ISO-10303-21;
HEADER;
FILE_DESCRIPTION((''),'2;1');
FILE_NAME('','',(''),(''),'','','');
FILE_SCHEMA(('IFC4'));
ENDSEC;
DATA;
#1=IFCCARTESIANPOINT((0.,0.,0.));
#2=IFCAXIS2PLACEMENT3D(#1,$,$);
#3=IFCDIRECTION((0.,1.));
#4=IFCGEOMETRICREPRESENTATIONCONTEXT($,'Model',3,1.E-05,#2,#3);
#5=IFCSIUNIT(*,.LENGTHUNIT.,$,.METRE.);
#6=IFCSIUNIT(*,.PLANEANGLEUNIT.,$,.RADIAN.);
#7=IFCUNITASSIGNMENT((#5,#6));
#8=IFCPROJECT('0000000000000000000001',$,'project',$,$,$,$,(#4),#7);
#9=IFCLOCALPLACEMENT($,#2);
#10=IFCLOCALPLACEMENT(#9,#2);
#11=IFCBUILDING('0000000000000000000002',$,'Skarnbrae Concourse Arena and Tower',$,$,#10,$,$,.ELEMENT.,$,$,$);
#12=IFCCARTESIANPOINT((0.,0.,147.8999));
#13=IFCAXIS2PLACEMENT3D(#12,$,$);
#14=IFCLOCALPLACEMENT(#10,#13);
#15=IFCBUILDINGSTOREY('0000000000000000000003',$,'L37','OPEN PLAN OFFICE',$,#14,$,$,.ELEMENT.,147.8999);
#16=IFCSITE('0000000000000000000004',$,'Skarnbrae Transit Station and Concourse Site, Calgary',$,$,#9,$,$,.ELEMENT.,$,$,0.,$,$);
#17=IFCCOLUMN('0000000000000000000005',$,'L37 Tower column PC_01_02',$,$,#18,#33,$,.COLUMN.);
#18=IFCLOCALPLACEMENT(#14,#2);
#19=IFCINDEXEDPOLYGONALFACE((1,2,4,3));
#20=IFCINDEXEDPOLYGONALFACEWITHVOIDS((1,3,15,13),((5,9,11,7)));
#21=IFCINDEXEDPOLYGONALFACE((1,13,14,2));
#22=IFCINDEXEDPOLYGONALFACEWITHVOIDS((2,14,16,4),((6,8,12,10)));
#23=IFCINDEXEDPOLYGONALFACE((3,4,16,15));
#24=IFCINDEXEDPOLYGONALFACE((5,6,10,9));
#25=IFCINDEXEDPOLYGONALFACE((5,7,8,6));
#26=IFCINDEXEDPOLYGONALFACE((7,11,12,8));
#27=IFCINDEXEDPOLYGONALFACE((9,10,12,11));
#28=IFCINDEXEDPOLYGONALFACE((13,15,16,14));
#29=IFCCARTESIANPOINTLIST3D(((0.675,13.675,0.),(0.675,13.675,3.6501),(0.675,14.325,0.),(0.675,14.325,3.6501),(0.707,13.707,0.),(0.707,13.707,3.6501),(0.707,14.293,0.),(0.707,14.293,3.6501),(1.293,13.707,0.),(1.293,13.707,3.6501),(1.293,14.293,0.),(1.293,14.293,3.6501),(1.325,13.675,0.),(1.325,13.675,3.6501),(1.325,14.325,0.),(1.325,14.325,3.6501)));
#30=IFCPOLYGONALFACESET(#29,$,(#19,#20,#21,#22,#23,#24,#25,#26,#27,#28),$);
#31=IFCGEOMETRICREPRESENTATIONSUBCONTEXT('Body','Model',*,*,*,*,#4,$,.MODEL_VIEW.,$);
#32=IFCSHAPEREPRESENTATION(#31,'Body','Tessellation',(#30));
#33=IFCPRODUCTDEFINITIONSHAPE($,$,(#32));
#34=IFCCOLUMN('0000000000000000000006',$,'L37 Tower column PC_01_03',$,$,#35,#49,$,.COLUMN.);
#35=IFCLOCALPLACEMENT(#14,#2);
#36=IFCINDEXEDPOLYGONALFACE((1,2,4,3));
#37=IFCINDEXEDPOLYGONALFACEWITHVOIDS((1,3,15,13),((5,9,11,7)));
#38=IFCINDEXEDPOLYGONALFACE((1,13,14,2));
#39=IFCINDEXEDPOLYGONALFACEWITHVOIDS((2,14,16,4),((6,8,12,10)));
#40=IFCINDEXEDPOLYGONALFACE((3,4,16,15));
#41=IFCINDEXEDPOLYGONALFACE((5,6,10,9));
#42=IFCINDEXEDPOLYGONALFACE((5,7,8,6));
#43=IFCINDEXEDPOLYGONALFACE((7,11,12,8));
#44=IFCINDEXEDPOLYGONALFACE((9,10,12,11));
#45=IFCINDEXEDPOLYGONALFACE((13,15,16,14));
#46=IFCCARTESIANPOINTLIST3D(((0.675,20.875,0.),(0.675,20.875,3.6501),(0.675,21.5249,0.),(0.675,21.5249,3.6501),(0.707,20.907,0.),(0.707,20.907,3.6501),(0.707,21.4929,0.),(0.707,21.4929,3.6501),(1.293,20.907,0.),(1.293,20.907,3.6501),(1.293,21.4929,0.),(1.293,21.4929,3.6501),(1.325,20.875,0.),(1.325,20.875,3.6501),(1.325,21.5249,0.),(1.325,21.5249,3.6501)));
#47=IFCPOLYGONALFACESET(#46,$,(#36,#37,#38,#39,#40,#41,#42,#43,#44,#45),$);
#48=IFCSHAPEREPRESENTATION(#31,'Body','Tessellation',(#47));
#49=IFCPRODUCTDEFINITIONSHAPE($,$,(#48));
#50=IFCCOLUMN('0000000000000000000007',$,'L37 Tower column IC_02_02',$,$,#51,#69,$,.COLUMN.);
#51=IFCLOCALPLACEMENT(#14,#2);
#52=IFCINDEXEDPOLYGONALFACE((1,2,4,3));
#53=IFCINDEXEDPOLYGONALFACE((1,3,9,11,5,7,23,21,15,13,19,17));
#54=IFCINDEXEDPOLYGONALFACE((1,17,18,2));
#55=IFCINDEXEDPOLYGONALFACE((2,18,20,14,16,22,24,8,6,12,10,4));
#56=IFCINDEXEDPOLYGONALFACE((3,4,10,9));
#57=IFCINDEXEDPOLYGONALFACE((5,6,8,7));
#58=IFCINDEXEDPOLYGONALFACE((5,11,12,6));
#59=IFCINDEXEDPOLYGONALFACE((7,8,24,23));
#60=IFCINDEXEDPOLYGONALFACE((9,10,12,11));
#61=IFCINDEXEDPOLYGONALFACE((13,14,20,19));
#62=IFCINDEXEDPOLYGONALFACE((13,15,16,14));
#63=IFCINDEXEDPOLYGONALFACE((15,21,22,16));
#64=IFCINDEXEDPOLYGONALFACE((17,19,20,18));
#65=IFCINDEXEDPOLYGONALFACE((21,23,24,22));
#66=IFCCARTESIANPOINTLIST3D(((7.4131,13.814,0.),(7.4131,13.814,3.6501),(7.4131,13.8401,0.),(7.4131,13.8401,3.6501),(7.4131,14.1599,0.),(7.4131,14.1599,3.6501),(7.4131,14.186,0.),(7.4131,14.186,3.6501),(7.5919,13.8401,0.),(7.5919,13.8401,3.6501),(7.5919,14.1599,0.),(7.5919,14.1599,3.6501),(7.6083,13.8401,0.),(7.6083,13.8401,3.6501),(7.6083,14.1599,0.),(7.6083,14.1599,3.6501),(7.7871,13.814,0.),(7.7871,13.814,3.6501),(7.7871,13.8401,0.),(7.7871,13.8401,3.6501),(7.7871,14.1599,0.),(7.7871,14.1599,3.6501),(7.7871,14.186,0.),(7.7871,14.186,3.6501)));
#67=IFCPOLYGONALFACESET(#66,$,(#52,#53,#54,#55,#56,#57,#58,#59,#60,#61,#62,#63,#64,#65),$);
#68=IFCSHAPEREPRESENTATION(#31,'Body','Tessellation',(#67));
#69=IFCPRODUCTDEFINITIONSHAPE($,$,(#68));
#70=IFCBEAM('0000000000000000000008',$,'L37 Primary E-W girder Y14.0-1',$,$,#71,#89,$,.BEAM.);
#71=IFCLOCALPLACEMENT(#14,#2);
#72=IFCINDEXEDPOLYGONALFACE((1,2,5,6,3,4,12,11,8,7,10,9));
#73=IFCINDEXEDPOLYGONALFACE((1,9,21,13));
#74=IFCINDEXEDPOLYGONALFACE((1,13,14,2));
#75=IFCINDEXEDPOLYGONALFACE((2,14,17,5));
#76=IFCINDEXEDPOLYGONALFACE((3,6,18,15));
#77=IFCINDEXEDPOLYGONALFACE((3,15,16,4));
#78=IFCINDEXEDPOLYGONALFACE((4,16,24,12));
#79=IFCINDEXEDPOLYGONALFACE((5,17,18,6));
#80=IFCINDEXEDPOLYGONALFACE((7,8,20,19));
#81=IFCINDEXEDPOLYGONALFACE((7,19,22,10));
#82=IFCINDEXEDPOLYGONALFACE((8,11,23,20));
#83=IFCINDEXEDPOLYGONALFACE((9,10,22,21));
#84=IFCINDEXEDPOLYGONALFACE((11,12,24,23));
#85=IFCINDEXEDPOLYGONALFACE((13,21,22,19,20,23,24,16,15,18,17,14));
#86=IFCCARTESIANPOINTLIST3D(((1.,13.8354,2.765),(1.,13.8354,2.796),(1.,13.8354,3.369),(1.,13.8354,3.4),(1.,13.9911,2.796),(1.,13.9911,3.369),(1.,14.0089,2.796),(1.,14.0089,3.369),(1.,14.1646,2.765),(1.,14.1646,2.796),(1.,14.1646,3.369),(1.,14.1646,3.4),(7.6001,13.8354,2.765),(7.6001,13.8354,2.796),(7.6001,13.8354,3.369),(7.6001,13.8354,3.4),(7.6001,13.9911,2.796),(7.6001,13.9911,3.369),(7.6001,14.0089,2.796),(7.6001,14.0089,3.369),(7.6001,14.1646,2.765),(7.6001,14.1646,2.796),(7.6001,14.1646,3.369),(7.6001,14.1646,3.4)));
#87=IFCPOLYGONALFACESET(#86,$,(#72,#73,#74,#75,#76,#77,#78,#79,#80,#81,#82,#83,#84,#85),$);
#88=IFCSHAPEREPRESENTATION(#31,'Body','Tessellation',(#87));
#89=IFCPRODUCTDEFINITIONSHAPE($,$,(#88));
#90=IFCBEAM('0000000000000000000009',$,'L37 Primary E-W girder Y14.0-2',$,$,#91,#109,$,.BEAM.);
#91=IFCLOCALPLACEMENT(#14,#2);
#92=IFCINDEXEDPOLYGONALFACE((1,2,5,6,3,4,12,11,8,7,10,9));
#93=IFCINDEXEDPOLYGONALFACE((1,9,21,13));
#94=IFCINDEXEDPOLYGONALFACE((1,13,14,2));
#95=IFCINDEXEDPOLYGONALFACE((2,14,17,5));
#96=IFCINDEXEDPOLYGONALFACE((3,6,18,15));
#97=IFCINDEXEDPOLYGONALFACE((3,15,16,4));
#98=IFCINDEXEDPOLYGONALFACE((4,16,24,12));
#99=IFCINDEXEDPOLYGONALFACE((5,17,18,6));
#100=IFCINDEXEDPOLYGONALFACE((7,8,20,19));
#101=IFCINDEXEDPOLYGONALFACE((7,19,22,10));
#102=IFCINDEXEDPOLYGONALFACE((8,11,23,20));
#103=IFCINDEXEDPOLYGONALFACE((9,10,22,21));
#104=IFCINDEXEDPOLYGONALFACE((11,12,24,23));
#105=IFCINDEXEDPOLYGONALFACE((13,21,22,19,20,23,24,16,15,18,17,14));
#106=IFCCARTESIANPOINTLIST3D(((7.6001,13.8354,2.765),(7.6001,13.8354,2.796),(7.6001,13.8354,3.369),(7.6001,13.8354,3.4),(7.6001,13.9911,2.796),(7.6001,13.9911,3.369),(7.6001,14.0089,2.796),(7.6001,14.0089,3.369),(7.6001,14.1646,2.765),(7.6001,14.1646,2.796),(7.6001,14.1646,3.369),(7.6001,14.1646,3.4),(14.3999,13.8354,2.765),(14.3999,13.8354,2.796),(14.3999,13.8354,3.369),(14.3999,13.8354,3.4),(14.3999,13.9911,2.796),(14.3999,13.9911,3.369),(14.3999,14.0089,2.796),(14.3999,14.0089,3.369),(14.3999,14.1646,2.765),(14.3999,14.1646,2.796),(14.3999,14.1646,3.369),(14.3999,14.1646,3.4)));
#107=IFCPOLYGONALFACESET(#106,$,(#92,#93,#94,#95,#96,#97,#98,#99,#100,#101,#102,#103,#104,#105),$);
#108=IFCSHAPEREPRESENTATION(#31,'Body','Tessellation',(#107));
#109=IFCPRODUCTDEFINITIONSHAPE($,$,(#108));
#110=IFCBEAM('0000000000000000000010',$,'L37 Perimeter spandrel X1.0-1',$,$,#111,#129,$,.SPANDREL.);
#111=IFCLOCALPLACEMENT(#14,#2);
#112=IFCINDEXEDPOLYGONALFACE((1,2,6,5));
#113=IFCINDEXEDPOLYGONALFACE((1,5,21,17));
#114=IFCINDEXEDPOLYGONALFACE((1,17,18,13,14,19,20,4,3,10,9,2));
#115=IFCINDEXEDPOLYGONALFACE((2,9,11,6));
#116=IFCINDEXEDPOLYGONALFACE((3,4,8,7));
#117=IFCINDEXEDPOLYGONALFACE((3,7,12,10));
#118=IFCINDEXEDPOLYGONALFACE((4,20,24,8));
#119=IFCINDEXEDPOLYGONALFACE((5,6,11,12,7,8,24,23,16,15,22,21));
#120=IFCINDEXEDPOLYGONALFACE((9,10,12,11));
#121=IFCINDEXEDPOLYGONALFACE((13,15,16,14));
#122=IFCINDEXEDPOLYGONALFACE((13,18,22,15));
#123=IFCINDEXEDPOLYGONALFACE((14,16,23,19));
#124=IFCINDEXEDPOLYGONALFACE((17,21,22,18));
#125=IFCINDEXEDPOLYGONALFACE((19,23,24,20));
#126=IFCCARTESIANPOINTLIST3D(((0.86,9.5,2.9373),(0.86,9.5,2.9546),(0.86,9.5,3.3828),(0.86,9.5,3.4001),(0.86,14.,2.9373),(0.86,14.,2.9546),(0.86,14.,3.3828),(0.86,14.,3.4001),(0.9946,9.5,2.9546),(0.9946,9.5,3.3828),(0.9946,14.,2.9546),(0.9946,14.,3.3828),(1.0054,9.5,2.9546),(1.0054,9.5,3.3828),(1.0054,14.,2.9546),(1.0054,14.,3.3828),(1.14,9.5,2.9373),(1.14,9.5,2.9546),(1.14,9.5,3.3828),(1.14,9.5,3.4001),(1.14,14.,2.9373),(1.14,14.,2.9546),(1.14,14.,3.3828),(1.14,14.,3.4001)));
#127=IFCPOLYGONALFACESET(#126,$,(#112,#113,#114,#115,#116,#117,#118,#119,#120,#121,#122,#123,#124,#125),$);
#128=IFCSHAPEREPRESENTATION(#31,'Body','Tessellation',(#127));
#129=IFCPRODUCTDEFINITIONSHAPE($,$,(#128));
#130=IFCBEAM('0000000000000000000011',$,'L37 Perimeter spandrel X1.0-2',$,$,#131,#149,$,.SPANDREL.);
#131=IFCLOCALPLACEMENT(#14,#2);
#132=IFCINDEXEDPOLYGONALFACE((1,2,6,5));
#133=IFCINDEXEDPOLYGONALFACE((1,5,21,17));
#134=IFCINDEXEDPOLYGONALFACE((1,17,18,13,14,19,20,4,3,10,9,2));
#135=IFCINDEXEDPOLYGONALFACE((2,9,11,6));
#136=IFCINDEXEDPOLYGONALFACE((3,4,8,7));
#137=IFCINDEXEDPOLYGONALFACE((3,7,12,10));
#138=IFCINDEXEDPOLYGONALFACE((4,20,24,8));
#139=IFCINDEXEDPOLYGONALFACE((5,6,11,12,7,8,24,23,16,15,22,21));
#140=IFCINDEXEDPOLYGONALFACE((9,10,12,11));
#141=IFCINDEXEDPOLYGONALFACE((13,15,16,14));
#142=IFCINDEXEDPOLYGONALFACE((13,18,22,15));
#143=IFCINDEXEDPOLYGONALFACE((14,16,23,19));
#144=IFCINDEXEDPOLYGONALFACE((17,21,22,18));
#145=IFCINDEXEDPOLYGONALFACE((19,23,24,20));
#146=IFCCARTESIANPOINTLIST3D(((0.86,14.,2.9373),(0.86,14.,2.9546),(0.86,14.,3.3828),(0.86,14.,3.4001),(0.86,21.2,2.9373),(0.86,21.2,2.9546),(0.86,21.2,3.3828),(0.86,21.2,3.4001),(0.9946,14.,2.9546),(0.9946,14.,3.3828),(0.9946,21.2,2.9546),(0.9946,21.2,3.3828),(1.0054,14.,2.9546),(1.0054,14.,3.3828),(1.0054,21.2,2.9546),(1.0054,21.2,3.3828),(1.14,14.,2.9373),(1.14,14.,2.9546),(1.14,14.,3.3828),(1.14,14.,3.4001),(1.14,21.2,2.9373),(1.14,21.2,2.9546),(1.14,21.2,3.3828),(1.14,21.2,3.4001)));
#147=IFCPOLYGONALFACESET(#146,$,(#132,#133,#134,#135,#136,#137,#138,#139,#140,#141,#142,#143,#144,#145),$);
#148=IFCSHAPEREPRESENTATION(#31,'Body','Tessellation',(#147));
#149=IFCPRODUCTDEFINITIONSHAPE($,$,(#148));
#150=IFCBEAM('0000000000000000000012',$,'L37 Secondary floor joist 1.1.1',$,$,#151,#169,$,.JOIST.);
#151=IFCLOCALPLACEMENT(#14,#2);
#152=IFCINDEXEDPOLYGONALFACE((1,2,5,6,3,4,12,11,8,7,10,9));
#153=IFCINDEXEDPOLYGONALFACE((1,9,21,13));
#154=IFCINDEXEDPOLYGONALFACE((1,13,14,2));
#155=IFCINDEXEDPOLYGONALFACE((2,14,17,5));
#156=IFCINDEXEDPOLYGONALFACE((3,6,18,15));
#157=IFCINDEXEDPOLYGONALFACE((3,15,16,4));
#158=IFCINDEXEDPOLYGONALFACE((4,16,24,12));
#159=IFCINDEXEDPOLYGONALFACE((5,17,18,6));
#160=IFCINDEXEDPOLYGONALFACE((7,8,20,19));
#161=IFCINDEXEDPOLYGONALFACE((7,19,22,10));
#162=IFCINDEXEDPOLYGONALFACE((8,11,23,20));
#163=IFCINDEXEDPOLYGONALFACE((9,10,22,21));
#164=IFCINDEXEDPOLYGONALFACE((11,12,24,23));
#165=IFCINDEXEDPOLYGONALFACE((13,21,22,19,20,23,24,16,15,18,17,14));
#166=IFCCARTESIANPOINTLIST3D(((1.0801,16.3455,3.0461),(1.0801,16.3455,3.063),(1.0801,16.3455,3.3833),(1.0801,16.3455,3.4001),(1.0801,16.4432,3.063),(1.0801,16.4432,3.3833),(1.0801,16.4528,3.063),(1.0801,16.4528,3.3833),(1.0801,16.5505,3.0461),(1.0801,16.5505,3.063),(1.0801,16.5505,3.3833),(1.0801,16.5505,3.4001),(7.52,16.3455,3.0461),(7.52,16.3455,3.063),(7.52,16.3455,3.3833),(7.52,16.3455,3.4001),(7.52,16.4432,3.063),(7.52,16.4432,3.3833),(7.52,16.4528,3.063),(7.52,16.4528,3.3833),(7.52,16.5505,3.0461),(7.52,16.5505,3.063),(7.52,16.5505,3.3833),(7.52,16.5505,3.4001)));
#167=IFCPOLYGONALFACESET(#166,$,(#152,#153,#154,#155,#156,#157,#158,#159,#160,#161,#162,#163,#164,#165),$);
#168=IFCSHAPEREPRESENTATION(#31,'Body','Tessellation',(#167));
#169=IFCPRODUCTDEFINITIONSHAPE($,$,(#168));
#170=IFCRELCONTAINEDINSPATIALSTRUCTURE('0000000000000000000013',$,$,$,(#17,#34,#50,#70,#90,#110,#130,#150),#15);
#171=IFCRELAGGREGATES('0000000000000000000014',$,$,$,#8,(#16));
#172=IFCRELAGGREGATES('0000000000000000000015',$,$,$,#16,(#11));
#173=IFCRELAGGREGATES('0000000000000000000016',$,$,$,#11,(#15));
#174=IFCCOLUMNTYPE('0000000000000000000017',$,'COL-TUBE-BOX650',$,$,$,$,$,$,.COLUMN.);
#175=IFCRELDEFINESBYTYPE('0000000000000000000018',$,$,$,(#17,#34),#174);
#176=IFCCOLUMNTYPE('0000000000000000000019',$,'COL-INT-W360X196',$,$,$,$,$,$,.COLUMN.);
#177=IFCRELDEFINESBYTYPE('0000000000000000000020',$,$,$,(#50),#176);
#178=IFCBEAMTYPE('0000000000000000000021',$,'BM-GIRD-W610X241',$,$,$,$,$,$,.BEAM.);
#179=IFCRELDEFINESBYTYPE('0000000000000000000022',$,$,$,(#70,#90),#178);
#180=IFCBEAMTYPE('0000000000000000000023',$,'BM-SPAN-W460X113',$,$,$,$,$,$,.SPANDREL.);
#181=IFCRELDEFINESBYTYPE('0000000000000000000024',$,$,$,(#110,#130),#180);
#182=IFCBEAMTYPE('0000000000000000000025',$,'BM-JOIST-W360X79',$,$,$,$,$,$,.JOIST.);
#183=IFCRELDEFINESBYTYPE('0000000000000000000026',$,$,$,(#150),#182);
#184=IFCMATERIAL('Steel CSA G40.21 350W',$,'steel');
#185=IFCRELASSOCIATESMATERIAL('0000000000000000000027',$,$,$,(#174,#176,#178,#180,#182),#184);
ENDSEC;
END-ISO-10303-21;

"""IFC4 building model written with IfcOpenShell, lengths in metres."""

from ifc_helpers import new_model, si_unit, direction, frame, origin, origin_2d, place, context, subcontext, project, spatial, hollow_rectangle, i_section, extrude, source, transform, mapped, material, material_profile, profile_set, type_object, element, save


model = new_model("IFC4")

# Units and contexts
model_context = context("Model", 3, precision=1e-05, world=origin(), true_north=direction((0.0, 1.0)))
body_context = subcontext(model_context, "Body", "Model", "MODEL_VIEW")
ifc_project = project(units=[si_unit("LENGTHUNIT", "METRE"), si_unit("PLANEANGLEUNIT", "RADIAN")], contexts=[model_context])

# Site, building, storey
site_placement = place(None, origin())
site = spatial("IfcSite", under=ifc_project, at=site_placement, Name="Skarnbrae Transit Station and Concourse Site, Calgary", CompositionType="ELEMENT", RefElevation=0.0)
building_placement = place(site_placement, origin())
building = spatial("IfcBuilding", under=site, at=building_placement, Name="Skarnbrae Concourse Arena and Tower", CompositionType="ELEMENT")
storey_placement = place(building_placement, frame((0.0, 0.0, 147.8999)))
storey = spatial("IfcBuildingStorey", under=building, at=storey_placement, Name="L37", Description="OPEN PLAN OFFICE", CompositionType="ELEMENT", Elevation=147.8999)

# Columns
ifc_material_1 = material(Name="Steel CSA G40.21 350W", Category="steel")
ifc_material_profile_1 = material_profile(ifc_material_1, hollow_rectangle(XDim=0.6499, YDim=0.6499, WallThickness=0.032, at=origin_2d()), Name="BOX650X650X32")
ifc_profile_set_1 = profile_set([ifc_material_profile_1], Name="Steel CSA G40.21 350W")
column_type_1 = type_object("IfcColumnType", Name="COL-TUBE-BOX650", PredefinedType="COLUMN", material=ifc_profile_set_1)
shared_shape_1 = source(origin(), body_context, "Body", "SweptSolid", [
    extrude(hollow_rectangle(XDim=0.6499, YDim=0.6499, WallThickness=0.032, at=origin_2d()), origin(), (0.0, 0.0, 1.0), 3.6501),
])
for number, where, z_axis, x_axis, name in (
    (1, (1.0, 14.0, 0.0), (0.0, 0.0, 1.0), (1.0, 0.0, 0.0), "L37 Tower column PC_01_02"),
    (2, (1.0, 21.2, 0.0), (0.0, 0.0, 1.0), (1.0, 0.0, 0.0), "L37 Tower column PC_01_03"),
):
    element("IfcColumn", number, at=place(storey_placement, frame(where, z_axis=z_axis, x_axis=x_axis)), inside=storey, type_object=column_type_1, Name=name, PredefinedType="COLUMN", context=body_context, shape_type="MappedRepresentation", body=[
        mapped(shared_shape_1, transform((0.0, 0.0, 0.0))),
    ])
ifc_material_profile_2 = material_profile(ifc_material_1, i_section(OverallWidth=0.374, OverallDepth=0.3721, WebThickness=0.0164, FlangeThickness=0.0261, at=origin_2d()), Name="W360X196")
ifc_profile_set_2 = profile_set([ifc_material_profile_2], Name="Steel CSA G40.21 350W")
column_type_2 = type_object("IfcColumnType", Name="COL-INT-W360X196", PredefinedType="COLUMN", material=ifc_profile_set_2)
shared_shape_2 = source(origin(), body_context, "Body", "SweptSolid", [
    extrude(i_section(OverallWidth=0.374, OverallDepth=0.3721, WebThickness=0.0164, FlangeThickness=0.0261, at=origin_2d()), origin(), (0.0, 0.0, 1.0), 3.6501),
])
column_placement = place(storey_placement, frame((7.6001, 14.0, 0.0), z_axis=(0.0, 0.0, 1.0), x_axis=(1.0, 0.0, 0.0)))
element("IfcColumn", 3, at=column_placement, inside=storey, type_object=column_type_2, Name="L37 Tower column IC_02_02", PredefinedType="COLUMN", context=body_context, shape_type="MappedRepresentation", body=[
    mapped(shared_shape_2, transform((0.0, 0.0, 0.0))),
])

# Beams
ifc_material_profile_3 = material_profile(ifc_material_1, i_section(OverallWidth=0.3291, OverallDepth=0.635, WebThickness=0.0178, FlangeThickness=0.031, at=origin_2d()), Name="W610X241")
ifc_profile_set_3 = profile_set([ifc_material_profile_3], Name="Steel CSA G40.21 350W")
beam_type_1 = type_object("IfcBeamType", Name="BM-GIRD-W610X241", PredefinedType="BEAM", material=ifc_profile_set_3)
shared_shape_3 = source(origin(), body_context, "Body", "SweptSolid", [
    extrude(i_section(OverallWidth=0.3291, OverallDepth=0.635, WebThickness=0.0178, FlangeThickness=0.031, at=origin_2d()), origin(), (0.0, 0.0, 1.0), 6.6001),
])
beam_1_placement = place(storey_placement, frame((1.0, 14.0, 3.0825), z_axis=(1.0, 0.0, 0.0), x_axis=(0.0, 1.0, 0.0)))
element("IfcBeam", 4, at=beam_1_placement, inside=storey, type_object=beam_type_1, Name="L37 Primary E-W girder Y14.0-1", PredefinedType="BEAM", context=body_context, shape_type="MappedRepresentation", body=[
    mapped(shared_shape_3, transform((0.0, 0.0, 0.0))),
])
shared_shape_4 = source(origin(), body_context, "Body", "SweptSolid", [
    extrude(i_section(OverallWidth=0.3291, OverallDepth=0.635, WebThickness=0.0178, FlangeThickness=0.031, at=origin_2d()), origin(), (0.0, 0.0, 1.0), 6.7998),
])
beam_2_placement = place(storey_placement, frame((7.6001, 14.0, 3.0825), z_axis=(1.0, 0.0, 0.0), x_axis=(0.0, 1.0, 0.0)))
element("IfcBeam", 5, at=beam_2_placement, inside=storey, type_object=beam_type_1, Name="L37 Primary E-W girder Y14.0-2", PredefinedType="BEAM", context=body_context, shape_type="MappedRepresentation", body=[
    mapped(shared_shape_4, transform((0.0, 0.0, 0.0))),
])
ifc_material_profile_4 = material_profile(ifc_material_1, i_section(OverallWidth=0.28, OverallDepth=0.4629, WebThickness=0.0107, FlangeThickness=0.0173, at=origin_2d()), Name="W460X113")
ifc_profile_set_4 = profile_set([ifc_material_profile_4], Name="Steel CSA G40.21 350W")
beam_type_2 = type_object("IfcBeamType", Name="BM-SPAN-W460X113", PredefinedType="SPANDREL", material=ifc_profile_set_4)
shared_shape_5 = source(origin(), body_context, "Body", "SweptSolid", [
    extrude(i_section(OverallWidth=0.28, OverallDepth=0.4629, WebThickness=0.0107, FlangeThickness=0.0173, at=origin_2d()), origin(), (0.0, 0.0, 1.0), 4.5),
])
beam_3_placement = place(storey_placement, frame((1.0, 9.5, 3.1687), z_axis=(0.0, 1.0, 0.0), x_axis=(-1.0, 0.0, 0.0)))
element("IfcBeam", 6, at=beam_3_placement, inside=storey, type_object=beam_type_2, Name="L37 Perimeter spandrel X1.0-1", PredefinedType="SPANDREL", context=body_context, shape_type="MappedRepresentation", body=[
    mapped(shared_shape_5, transform((0.0, 0.0, 0.0))),
])
shared_shape_6 = source(origin(), body_context, "Body", "SweptSolid", [
    extrude(i_section(OverallWidth=0.28, OverallDepth=0.4629, WebThickness=0.0107, FlangeThickness=0.0173, at=origin_2d()), origin(), (0.0, 0.0, 1.0), 7.2),
])
beam_4_placement = place(storey_placement, frame((1.0, 14.0, 3.1687), z_axis=(0.0, 1.0, 0.0), x_axis=(-1.0, 0.0, 0.0)))
element("IfcBeam", 7, at=beam_4_placement, inside=storey, type_object=beam_type_2, Name="L37 Perimeter spandrel X1.0-2", PredefinedType="SPANDREL", context=body_context, shape_type="MappedRepresentation", body=[
    mapped(shared_shape_6, transform((0.0, 0.0, 0.0))),
])
ifc_material_profile_5 = material_profile(ifc_material_1, i_section(OverallWidth=0.2051, OverallDepth=0.354, WebThickness=0.0095, FlangeThickness=0.0168, at=origin_2d()), Name="W360X79")
ifc_profile_set_5 = profile_set([ifc_material_profile_5], Name="Steel CSA G40.21 350W")
beam_type_3 = type_object("IfcBeamType", Name="BM-JOIST-W360X79", PredefinedType="JOIST", material=ifc_profile_set_5)
shared_shape_7 = source(origin(), body_context, "Body", "SweptSolid", [
    extrude(i_section(OverallWidth=0.2051, OverallDepth=0.354, WebThickness=0.0095, FlangeThickness=0.0168, at=origin_2d()), origin(), (0.0, 0.0, 1.0), 6.4399),
])
for number, where, z_axis, x_axis, name in (
    (8, (1.0801, 16.448, 3.2231), (1.0, 0.0, 0.0), (0.0, 1.0, 0.0), "L37 Secondary floor joist 1.1.1"),
):
    element("IfcBeam", number, at=place(storey_placement, frame(where, z_axis=z_axis, x_axis=x_axis)), inside=storey, type_object=beam_type_3, Name=name, PredefinedType="JOIST", context=body_context, shape_type="MappedRepresentation", body=[
        mapped(shared_shape_7, transform((0.0, 0.0, 0.0))),
    ])

save(model, "model.ifc")
